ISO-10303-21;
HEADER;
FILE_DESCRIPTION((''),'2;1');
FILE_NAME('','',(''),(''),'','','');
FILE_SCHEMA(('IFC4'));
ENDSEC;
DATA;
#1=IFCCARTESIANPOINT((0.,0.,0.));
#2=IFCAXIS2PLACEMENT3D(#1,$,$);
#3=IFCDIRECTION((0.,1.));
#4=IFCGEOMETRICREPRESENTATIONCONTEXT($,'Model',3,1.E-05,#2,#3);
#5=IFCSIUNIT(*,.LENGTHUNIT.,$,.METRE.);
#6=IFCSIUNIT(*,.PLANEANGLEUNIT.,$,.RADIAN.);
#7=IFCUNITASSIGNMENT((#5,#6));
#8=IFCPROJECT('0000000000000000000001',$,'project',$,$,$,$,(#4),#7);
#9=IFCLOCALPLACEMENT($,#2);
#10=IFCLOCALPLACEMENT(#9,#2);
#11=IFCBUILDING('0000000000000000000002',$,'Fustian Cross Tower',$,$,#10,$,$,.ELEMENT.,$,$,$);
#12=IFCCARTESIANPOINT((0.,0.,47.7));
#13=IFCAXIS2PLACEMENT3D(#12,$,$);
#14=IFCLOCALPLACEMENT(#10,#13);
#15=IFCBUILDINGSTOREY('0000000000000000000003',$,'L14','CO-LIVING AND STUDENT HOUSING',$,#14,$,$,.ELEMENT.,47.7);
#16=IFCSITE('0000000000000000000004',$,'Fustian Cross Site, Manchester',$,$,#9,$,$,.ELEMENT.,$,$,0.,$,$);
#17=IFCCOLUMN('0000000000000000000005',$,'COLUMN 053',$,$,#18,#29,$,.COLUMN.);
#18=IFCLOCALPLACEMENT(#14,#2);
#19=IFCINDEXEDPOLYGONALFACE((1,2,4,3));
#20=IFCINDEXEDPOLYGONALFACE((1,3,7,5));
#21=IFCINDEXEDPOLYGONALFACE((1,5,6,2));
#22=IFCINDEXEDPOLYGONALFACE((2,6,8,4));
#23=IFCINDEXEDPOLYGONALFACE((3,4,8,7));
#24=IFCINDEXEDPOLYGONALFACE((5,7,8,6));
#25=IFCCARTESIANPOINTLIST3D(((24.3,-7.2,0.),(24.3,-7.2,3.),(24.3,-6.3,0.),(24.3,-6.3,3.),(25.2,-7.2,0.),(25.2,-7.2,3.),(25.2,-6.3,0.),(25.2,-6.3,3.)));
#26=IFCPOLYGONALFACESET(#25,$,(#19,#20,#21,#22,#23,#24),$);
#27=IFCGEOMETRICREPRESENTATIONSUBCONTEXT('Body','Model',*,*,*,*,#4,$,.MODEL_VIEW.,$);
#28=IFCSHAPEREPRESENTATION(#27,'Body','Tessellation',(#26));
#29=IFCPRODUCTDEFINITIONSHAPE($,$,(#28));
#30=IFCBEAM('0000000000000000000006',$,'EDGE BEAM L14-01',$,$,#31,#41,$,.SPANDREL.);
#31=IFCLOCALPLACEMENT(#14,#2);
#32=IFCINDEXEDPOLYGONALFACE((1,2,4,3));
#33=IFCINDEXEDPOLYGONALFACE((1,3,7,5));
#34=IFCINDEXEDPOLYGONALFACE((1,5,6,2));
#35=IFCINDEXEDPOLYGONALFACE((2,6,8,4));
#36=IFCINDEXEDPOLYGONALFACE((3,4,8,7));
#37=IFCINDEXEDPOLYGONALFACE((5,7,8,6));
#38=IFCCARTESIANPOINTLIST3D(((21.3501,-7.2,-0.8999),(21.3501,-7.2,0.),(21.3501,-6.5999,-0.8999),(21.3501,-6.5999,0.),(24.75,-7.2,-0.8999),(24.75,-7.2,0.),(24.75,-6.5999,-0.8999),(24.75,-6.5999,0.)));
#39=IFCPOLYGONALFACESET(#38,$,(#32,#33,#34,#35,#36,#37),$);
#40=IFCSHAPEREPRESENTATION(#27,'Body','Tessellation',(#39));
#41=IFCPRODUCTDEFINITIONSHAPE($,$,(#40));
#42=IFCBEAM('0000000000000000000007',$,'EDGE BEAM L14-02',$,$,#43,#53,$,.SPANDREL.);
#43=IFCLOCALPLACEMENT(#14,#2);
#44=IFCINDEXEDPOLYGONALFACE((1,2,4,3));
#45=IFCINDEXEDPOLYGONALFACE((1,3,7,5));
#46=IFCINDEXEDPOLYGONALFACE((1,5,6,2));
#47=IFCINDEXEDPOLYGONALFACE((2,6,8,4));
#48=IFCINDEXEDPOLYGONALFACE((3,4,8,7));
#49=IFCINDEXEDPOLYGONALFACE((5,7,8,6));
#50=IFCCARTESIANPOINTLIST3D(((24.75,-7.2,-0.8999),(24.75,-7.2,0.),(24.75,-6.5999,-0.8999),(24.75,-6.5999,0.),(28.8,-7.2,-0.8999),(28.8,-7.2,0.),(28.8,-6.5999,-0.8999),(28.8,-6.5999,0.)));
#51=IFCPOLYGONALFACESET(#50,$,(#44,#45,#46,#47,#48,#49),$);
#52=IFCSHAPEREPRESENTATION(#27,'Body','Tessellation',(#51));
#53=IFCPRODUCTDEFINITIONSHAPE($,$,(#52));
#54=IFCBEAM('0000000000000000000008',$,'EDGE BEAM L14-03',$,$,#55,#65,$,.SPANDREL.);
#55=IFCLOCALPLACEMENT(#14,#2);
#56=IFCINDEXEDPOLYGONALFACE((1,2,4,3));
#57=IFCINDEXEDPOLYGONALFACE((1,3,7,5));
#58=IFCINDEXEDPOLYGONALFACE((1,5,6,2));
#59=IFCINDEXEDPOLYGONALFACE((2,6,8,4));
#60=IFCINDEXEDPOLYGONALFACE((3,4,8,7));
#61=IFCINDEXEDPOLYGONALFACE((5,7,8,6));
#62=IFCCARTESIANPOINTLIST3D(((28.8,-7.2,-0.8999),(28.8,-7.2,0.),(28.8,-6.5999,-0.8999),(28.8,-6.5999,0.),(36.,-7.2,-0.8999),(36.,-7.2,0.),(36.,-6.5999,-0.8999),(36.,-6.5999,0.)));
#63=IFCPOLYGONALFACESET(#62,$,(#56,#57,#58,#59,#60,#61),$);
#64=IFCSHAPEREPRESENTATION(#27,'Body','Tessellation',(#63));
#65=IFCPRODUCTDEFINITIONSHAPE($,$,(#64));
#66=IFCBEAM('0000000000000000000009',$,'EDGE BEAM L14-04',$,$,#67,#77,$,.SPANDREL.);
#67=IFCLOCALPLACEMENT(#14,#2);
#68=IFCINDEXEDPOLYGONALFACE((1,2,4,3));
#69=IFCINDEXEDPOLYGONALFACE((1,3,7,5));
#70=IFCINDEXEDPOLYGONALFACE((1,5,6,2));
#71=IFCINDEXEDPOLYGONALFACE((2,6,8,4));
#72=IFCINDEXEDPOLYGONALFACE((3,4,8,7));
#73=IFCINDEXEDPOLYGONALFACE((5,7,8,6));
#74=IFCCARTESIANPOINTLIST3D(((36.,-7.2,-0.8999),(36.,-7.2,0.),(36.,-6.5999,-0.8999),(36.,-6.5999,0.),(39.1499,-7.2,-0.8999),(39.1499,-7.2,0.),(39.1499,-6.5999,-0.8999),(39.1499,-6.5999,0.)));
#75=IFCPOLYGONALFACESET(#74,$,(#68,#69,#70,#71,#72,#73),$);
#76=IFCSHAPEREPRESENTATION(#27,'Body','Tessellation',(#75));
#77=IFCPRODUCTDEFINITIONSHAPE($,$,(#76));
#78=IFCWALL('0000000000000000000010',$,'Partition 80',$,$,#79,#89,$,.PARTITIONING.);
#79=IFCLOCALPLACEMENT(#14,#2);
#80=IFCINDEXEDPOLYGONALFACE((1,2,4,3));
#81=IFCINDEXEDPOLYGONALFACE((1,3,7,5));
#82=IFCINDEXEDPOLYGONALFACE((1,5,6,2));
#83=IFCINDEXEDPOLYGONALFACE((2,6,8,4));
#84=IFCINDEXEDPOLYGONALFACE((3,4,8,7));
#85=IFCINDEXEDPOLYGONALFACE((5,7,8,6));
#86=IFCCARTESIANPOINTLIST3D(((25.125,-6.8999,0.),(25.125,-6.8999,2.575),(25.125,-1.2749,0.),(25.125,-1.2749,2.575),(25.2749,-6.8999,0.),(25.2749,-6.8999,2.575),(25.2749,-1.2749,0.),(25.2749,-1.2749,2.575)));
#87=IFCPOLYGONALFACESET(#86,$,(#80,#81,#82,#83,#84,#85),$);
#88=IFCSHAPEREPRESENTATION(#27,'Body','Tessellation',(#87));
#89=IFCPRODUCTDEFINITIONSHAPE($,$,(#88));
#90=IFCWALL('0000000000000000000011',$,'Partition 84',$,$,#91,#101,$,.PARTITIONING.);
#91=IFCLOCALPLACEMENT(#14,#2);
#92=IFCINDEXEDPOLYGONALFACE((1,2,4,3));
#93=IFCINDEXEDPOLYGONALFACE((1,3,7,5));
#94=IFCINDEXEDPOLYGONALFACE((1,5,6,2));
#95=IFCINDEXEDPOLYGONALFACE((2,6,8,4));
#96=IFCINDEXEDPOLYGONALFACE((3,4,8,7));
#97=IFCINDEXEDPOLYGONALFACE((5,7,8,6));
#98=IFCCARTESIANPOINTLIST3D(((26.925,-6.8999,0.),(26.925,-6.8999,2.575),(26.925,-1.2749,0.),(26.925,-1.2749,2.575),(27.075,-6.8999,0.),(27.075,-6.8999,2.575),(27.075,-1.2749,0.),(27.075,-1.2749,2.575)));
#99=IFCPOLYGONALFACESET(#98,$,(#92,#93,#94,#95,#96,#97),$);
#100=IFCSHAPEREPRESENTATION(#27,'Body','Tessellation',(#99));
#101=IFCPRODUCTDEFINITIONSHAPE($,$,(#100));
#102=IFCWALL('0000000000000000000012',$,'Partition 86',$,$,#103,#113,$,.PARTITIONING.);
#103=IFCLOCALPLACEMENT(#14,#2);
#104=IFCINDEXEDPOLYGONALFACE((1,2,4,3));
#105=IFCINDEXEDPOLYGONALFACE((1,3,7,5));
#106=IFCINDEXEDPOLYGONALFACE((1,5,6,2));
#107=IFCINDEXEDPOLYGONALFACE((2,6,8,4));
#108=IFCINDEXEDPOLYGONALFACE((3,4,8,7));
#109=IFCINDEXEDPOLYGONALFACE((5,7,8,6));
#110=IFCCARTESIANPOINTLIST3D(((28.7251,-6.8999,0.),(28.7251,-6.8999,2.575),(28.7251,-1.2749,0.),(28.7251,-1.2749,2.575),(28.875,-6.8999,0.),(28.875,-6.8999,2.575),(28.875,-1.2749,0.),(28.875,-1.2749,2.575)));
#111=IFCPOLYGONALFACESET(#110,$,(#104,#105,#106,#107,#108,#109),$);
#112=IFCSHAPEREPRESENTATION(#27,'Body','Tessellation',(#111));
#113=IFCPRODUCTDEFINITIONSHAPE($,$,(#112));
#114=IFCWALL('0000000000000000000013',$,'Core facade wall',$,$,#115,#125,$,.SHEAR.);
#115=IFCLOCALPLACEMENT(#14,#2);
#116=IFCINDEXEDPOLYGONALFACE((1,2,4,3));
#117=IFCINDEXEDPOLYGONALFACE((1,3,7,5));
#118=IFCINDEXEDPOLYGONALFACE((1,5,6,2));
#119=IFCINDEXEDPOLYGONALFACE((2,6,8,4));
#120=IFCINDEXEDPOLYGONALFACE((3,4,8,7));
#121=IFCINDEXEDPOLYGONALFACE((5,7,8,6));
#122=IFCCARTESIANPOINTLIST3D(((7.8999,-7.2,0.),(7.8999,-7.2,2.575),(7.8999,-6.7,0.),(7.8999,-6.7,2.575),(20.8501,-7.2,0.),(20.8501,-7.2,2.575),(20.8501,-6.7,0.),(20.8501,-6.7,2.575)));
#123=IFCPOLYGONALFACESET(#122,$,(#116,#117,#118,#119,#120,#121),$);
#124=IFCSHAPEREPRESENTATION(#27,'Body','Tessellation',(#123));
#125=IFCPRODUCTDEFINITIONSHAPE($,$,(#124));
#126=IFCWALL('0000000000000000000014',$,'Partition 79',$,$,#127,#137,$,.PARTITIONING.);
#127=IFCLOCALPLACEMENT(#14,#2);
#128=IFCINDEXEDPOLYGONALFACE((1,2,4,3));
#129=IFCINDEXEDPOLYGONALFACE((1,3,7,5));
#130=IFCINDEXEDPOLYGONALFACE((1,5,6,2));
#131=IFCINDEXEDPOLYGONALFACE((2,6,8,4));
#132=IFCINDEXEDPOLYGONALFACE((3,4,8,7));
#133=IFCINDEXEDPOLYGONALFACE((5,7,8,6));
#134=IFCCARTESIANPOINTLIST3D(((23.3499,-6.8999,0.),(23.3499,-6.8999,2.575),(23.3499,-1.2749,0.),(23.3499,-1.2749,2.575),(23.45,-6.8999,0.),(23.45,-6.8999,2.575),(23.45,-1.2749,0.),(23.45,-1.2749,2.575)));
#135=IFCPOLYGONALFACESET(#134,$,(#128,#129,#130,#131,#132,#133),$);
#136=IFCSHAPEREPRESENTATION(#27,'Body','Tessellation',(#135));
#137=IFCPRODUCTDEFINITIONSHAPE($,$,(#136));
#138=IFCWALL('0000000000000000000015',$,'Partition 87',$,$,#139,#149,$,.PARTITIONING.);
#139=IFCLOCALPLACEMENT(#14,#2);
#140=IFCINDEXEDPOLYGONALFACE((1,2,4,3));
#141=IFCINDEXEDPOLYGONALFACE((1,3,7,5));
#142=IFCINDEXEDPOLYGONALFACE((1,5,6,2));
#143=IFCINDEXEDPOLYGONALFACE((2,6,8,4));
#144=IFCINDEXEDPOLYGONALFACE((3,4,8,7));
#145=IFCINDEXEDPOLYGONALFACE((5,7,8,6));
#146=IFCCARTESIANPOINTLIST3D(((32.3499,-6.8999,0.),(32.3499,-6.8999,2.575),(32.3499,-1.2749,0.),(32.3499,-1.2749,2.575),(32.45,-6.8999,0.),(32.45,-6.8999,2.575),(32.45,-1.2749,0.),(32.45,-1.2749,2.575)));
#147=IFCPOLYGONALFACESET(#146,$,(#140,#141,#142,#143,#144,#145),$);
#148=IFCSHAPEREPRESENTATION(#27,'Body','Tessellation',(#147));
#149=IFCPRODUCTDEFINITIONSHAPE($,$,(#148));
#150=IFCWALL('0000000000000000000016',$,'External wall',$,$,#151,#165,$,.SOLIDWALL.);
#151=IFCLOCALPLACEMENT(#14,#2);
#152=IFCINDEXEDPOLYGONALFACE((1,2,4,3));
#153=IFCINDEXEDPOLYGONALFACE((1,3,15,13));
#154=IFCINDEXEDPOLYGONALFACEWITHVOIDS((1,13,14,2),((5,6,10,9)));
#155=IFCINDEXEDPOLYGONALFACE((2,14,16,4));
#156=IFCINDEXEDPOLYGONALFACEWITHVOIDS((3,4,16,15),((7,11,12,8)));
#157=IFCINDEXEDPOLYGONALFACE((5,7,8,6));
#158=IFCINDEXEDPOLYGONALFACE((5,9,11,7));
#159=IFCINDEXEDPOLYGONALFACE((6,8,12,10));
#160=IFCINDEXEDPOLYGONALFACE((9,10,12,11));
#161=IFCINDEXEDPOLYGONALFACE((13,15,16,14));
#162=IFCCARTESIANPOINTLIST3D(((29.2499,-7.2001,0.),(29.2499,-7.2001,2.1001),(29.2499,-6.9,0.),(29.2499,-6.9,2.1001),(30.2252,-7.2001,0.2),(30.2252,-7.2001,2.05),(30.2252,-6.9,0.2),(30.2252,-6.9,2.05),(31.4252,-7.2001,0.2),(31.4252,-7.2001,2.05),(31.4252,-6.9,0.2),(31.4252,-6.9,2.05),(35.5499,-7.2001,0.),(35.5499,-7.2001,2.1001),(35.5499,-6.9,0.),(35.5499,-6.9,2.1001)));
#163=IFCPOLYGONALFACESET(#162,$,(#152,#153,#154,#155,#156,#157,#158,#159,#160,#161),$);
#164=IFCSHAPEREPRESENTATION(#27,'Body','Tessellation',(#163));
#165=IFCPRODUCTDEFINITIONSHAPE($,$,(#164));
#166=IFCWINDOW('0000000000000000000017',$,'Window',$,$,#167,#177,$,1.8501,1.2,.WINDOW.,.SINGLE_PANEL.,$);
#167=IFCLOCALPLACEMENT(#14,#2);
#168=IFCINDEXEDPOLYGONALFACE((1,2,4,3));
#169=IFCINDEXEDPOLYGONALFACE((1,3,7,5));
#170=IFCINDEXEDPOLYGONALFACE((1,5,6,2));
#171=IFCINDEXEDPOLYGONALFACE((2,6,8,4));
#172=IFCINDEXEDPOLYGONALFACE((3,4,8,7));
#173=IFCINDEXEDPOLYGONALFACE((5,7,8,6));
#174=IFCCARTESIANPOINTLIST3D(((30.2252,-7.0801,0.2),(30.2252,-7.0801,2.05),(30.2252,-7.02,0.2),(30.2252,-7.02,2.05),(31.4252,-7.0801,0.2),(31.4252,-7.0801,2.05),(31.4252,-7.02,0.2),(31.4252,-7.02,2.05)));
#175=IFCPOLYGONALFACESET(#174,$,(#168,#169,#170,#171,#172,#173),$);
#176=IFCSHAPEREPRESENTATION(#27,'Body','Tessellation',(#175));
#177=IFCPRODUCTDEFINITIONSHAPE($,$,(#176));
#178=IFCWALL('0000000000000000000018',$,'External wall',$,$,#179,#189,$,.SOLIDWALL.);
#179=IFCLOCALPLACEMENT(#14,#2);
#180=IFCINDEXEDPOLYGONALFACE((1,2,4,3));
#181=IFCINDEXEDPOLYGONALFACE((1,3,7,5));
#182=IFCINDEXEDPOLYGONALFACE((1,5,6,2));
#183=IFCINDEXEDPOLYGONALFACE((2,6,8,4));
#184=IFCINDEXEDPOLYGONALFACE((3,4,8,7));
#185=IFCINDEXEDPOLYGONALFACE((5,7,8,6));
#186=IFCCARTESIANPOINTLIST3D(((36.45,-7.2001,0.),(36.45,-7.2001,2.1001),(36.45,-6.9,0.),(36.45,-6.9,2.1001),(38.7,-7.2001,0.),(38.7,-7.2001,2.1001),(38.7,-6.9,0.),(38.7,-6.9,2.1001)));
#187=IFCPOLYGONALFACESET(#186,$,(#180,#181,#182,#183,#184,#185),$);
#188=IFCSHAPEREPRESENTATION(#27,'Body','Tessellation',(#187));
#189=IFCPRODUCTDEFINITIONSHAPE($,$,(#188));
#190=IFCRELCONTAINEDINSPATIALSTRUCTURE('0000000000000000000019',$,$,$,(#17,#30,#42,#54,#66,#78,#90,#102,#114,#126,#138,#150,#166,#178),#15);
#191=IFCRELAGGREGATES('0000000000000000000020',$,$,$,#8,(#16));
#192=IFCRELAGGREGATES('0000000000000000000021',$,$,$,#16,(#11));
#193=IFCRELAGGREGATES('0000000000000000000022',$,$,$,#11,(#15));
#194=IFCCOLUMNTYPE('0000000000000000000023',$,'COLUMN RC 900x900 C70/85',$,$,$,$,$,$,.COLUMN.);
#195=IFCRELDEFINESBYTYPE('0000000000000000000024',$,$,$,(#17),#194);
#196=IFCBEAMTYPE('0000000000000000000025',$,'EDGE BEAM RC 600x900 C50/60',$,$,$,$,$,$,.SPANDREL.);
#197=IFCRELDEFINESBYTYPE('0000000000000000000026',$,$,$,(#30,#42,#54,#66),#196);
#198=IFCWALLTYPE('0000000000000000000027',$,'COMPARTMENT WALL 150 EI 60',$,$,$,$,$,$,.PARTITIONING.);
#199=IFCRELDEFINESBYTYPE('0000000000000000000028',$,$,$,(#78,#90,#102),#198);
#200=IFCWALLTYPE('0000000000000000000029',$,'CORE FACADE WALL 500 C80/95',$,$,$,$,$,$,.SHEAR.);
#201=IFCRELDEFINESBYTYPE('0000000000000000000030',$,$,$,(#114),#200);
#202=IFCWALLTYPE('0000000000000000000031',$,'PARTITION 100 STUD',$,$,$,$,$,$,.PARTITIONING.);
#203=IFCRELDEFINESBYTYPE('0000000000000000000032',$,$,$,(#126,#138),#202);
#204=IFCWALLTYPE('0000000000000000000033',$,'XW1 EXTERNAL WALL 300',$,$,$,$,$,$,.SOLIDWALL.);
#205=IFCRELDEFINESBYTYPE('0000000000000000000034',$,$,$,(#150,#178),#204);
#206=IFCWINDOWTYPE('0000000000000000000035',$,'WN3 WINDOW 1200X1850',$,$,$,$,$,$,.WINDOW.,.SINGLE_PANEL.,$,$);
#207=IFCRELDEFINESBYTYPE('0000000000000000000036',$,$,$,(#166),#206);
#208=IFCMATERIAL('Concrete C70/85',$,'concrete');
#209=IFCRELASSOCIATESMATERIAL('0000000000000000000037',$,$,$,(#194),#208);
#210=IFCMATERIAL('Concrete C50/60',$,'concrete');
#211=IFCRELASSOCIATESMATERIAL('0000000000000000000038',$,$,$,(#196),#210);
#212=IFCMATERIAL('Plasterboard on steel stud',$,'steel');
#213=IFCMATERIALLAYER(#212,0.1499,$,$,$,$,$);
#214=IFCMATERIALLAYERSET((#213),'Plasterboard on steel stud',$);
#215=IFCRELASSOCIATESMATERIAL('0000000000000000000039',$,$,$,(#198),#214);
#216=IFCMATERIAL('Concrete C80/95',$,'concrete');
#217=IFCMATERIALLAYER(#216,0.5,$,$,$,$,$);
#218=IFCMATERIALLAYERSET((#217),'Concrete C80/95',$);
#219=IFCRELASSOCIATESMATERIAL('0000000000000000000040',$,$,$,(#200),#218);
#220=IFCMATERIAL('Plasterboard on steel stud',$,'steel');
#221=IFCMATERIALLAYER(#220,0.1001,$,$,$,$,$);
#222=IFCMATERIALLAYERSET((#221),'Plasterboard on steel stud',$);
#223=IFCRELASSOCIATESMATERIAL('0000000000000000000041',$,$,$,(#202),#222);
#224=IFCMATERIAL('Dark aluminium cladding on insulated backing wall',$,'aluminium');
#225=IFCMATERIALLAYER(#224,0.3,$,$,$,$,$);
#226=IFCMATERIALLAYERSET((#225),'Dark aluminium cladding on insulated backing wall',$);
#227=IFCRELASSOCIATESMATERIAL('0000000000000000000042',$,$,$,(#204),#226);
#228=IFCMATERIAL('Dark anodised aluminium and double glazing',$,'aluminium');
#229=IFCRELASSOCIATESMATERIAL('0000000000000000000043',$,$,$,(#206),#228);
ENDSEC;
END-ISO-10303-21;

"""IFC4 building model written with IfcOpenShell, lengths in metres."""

from ifc_helpers import new_model, si_unit, direction, frame, frame_2d, origin, origin_2d, place, context, subcontext, project, spatial, rectangle, extrude, material, layer, layer_set, material_profile, profile_set, type_object, element, fill, save


model = new_model("IFC4")

# Units and contexts
model_context = context("Model", 3, precision=1e-05, world=origin(), true_north=direction((0.0, 1.0)))
body_context = subcontext(model_context, "Body", "Model", "MODEL_VIEW")
ifc_project = project(units=[si_unit("LENGTHUNIT", "METRE"), si_unit("PLANEANGLEUNIT", "RADIAN")], contexts=[model_context])

# Site, building, storey
site_placement = place(None, origin())
site = spatial("IfcSite", under=ifc_project, at=site_placement, Name="Fustian Cross Site, Manchester", CompositionType="ELEMENT", RefElevation=0.0)
building_placement = place(site_placement, origin())
building = spatial("IfcBuilding", under=site, at=building_placement, Name="Fustian Cross Tower", CompositionType="ELEMENT")
storey_placement = place(building_placement, frame((0.0, 0.0, 47.7)))
storey = spatial("IfcBuildingStorey", under=building, at=storey_placement, Name="L14", Description="CO-LIVING AND STUDENT HOUSING", CompositionType="ELEMENT", Elevation=47.7)

# Column
ifc_material_1 = material(Name="Concrete C70/85", Category="concrete")
ifc_material_profile_1 = material_profile(ifc_material_1, rectangle(XDim=0.8999, YDim=0.8999, at=origin_2d()), Name="RC 900x900")
ifc_profile_set_1 = profile_set([ifc_material_profile_1], Name="Concrete C70/85")
column_type = type_object("IfcColumnType", Name="COLUMN RC 900x900 C70/85", PredefinedType="COLUMN", material=ifc_profile_set_1)
column_placement = place(storey_placement, frame((24.75, -6.75, 0.0), z_axis=(0.0, 0.0, 1.0), x_axis=(1.0, 0.0, 0.0)))
element("IfcColumn", 1, at=column_placement, inside=storey, type_object=column_type, Name="COLUMN 053", PredefinedType="COLUMN", context=body_context, shape_type="SweptSolid", body=[
    extrude(rectangle(XDim=0.8999, YDim=0.8999, at=origin_2d()), origin(), (0.0, 0.0, 1.0), 3.0),
])

# Beams
ifc_material_2 = material(Name="Concrete C50/60", Category="concrete")
ifc_material_profile_2 = material_profile(ifc_material_2, rectangle(XDim=0.6001, YDim=0.8999, at=origin_2d()), Name="RC 600x900")
ifc_profile_set_2 = profile_set([ifc_material_profile_2], Name="Concrete C50/60")
beam_type = type_object("IfcBeamType", Name="EDGE BEAM RC 600x900 C50/60", PredefinedType="SPANDREL", material=ifc_profile_set_2)
beam_1_placement = place(storey_placement, frame((21.3501, -6.8999, -0.45), z_axis=(1.0, 0.0, 0.0), x_axis=(0.0, 1.0, 0.0)))
element("IfcBeam", 2, at=beam_1_placement, inside=storey, type_object=beam_type, Name="EDGE BEAM L14-01", PredefinedType="SPANDREL", context=body_context, shape_type="SweptSolid", body=[
    extrude(rectangle(XDim=0.6001, YDim=0.8999, at=origin_2d()), origin(), (0.0, 0.0, 1.0), 3.3999),
])
beam_2_placement = place(storey_placement, frame((24.75, -6.8999, -0.45), z_axis=(1.0, 0.0, 0.0), x_axis=(0.0, 1.0, 0.0)))
element("IfcBeam", 3, at=beam_2_placement, inside=storey, type_object=beam_type, Name="EDGE BEAM L14-02", PredefinedType="SPANDREL", context=body_context, shape_type="SweptSolid", body=[
    extrude(rectangle(XDim=0.6001, YDim=0.8999, at=origin_2d()), origin(), (0.0, 0.0, 1.0), 4.05),
])
beam_3_placement = place(storey_placement, frame((28.8, -6.8999, -0.45), z_axis=(1.0, 0.0, 0.0), x_axis=(0.0, 1.0, 0.0)))
element("IfcBeam", 4, at=beam_3_placement, inside=storey, type_object=beam_type, Name="EDGE BEAM L14-03", PredefinedType="SPANDREL", context=body_context, shape_type="SweptSolid", body=[
    extrude(rectangle(XDim=0.6001, YDim=0.8999, at=origin_2d()), origin(), (0.0, 0.0, 1.0), 7.2),
])
beam_4_placement = place(storey_placement, frame((36.0, -6.8999, -0.45), z_axis=(1.0, 0.0, 0.0), x_axis=(0.0, 1.0, 0.0)))
element("IfcBeam", 5, at=beam_4_placement, inside=storey, type_object=beam_type, Name="EDGE BEAM L14-04", PredefinedType="SPANDREL", context=body_context, shape_type="SweptSolid", body=[
    extrude(rectangle(XDim=0.6001, YDim=0.8999, at=origin_2d()), origin(), (0.0, 0.0, 1.0), 3.1499),
])

# Walls
ifc_material_3 = material(Name="Plasterboard on steel stud", Category="steel")
ifc_layer_1 = layer(ifc_material_3, 0.1499)
ifc_layer_set_1 = layer_set([ifc_layer_1], Name="Plasterboard on steel stud")
wall_type_1 = type_object("IfcWallType", Name="COMPARTMENT WALL 150 EI 60", PredefinedType="PARTITIONING", material=ifc_layer_set_1)
for number, where, z_axis, x_axis, name in (
    (6, (25.2, -6.8999, 0.0), (0.0, 0.0, 1.0), (0.0, 1.0, 0.0), "Partition 80"),
    (7, (27.0, -6.8999, 0.0), (0.0, 0.0, 1.0), (0.0, 1.0, 0.0), "Partition 84"),
    (8, (28.8, -6.8999, 0.0), (0.0, 0.0, 1.0), (0.0, 1.0, 0.0), "Partition 86"),
):
    element("IfcWall", number, at=place(storey_placement, frame(where, z_axis=z_axis, x_axis=x_axis)), inside=storey, type_object=wall_type_1, Name=name, PredefinedType="PARTITIONING", context=body_context, shape_type="SweptSolid", body=[
        extrude(rectangle(XDim=5.625, YDim=0.1499, at=frame_2d((2.8125, 0.0))), origin(), (0.0, 0.0, 1.0), 2.575),
    ])
ifc_material_4 = material(Name="Concrete C80/95", Category="concrete")
ifc_layer_2 = layer(ifc_material_4, 0.5)
ifc_layer_set_2 = layer_set([ifc_layer_2], Name="Concrete C80/95")
wall_type_2 = type_object("IfcWallType", Name="CORE FACADE WALL 500 C80/95", PredefinedType="SHEAR", material=ifc_layer_set_2)
wall_1_placement = place(storey_placement, frame((7.8999, -6.95, 0.0), z_axis=(0.0, 0.0, 1.0), x_axis=(1.0, 0.0, 0.0)))
element("IfcWall", 9, at=wall_1_placement, inside=storey, type_object=wall_type_2, Name="Core facade wall", PredefinedType="SHEAR", context=body_context, shape_type="SweptSolid", body=[
    extrude(rectangle(XDim=12.9502, YDim=0.5, at=frame_2d((6.4751, 0.0))), origin(), (0.0, 0.0, 1.0), 2.575),
])
ifc_material_5 = material(Name="Plasterboard on steel stud", Category="steel")
ifc_layer_3 = layer(ifc_material_5, 0.1001)
ifc_layer_set_3 = layer_set([ifc_layer_3], Name="Plasterboard on steel stud")
wall_type_3 = type_object("IfcWallType", Name="PARTITION 100 STUD", PredefinedType="PARTITIONING", material=ifc_layer_set_3)
for number, where, z_axis, x_axis, name in (
    (10, (23.3999, -6.8999, 0.0), (0.0, 0.0, 1.0), (0.0, 1.0, 0.0), "Partition 79"),
    (11, (32.3999, -6.8999, 0.0), (0.0, 0.0, 1.0), (0.0, 1.0, 0.0), "Partition 87"),
):
    element("IfcWall", number, at=place(storey_placement, frame(where, z_axis=z_axis, x_axis=x_axis)), inside=storey, type_object=wall_type_3, Name=name, PredefinedType="PARTITIONING", context=body_context, shape_type="SweptSolid", body=[
        extrude(rectangle(XDim=5.625, YDim=0.1001, at=frame_2d((2.8125, 0.0))), origin(), (0.0, 0.0, 1.0), 2.575),
    ])

# Wall, opening, window
ifc_material_6 = material(Name="Dark aluminium cladding on insulated backing wall", Category="aluminium")
ifc_layer_4 = layer(ifc_material_6, 0.3)
ifc_layer_set_4 = layer_set([ifc_layer_4], Name="Dark aluminium cladding on insulated backing wall")
wall_type_4 = type_object("IfcWallType", Name="XW1 EXTERNAL WALL 300", PredefinedType="SOLIDWALL", material=ifc_layer_set_4)
wall_2_placement = place(storey_placement, frame((29.25, -7.05, 0.0), z_axis=(0.0, 0.0, 1.0), x_axis=(1.0, 0.0, 0.0)))
wall_2 = element("IfcWall", 12, at=wall_2_placement, inside=storey, type_object=wall_type_4, Name="External wall", PredefinedType="SOLIDWALL", context=body_context, shape_type="SweptSolid", body=[
    extrude(rectangle(XDim=6.3, YDim=0.3, at=frame_2d((3.1499, 0.0))), origin(), (0.0, 0.0, 1.0), 2.1001),
])
opening_placement = place(wall_2_placement, frame((0.9751, 0.0, 0.2)))
opening = element("IfcOpeningElement", 13, at=opening_placement, cuts=wall_2, PredefinedType="OPENING", context=body_context, shape_type="SweptSolid", body=[
    extrude(rectangle(XDim=1.2, YDim=1.8501, at=frame_2d((0.6001, 0.925))), frame((0.0, 0.1599, 0.0), z_axis=(0.0, -1.0, 0.0), x_axis=(1.0, 0.0, 0.0)), (0.0, 0.0, 1.0), 0.3201),
])
ifc_material_7 = material(Name="Dark anodised aluminium and double glazing", Category="aluminium")
window_type = type_object("IfcWindowType", Name="WN3 WINDOW 1200X1850", PartitioningType="SINGLE_PANEL", PredefinedType="WINDOW", material=ifc_material_7)
window_placement = place(opening_placement, origin())
window = element("IfcWindow", 14, at=window_placement, inside=storey, type_object=window_type, Name="Window", OverallHeight=1.8501, OverallWidth=1.2, PartitioningType="SINGLE_PANEL", PredefinedType="WINDOW", context=body_context, shape_type="SweptSolid", body=[
    extrude(rectangle(XDim=1.2, YDim=1.8501, at=frame_2d((0.6001, 0.925))), frame((0.0, 0.03, 0.0), z_axis=(0.0, -1.0, 0.0), x_axis=(1.0, 0.0, 0.0)), (0.0, 0.0, 1.0), 0.0601),
])
fill(opening, window)

# Wall
wall_3_placement = place(storey_placement, frame((36.45, -7.05, 0.0), z_axis=(0.0, 0.0, 1.0), x_axis=(1.0, 0.0, 0.0)))
element("IfcWall", 15, at=wall_3_placement, inside=storey, type_object=wall_type_4, Name="External wall", PredefinedType="SOLIDWALL", context=body_context, shape_type="SweptSolid", body=[
    extrude(rectangle(XDim=2.25, YDim=0.3, at=frame_2d((1.125, 0.0))), origin(), (0.0, 0.0, 1.0), 2.1001),
])

save(model, "model.ifc")
